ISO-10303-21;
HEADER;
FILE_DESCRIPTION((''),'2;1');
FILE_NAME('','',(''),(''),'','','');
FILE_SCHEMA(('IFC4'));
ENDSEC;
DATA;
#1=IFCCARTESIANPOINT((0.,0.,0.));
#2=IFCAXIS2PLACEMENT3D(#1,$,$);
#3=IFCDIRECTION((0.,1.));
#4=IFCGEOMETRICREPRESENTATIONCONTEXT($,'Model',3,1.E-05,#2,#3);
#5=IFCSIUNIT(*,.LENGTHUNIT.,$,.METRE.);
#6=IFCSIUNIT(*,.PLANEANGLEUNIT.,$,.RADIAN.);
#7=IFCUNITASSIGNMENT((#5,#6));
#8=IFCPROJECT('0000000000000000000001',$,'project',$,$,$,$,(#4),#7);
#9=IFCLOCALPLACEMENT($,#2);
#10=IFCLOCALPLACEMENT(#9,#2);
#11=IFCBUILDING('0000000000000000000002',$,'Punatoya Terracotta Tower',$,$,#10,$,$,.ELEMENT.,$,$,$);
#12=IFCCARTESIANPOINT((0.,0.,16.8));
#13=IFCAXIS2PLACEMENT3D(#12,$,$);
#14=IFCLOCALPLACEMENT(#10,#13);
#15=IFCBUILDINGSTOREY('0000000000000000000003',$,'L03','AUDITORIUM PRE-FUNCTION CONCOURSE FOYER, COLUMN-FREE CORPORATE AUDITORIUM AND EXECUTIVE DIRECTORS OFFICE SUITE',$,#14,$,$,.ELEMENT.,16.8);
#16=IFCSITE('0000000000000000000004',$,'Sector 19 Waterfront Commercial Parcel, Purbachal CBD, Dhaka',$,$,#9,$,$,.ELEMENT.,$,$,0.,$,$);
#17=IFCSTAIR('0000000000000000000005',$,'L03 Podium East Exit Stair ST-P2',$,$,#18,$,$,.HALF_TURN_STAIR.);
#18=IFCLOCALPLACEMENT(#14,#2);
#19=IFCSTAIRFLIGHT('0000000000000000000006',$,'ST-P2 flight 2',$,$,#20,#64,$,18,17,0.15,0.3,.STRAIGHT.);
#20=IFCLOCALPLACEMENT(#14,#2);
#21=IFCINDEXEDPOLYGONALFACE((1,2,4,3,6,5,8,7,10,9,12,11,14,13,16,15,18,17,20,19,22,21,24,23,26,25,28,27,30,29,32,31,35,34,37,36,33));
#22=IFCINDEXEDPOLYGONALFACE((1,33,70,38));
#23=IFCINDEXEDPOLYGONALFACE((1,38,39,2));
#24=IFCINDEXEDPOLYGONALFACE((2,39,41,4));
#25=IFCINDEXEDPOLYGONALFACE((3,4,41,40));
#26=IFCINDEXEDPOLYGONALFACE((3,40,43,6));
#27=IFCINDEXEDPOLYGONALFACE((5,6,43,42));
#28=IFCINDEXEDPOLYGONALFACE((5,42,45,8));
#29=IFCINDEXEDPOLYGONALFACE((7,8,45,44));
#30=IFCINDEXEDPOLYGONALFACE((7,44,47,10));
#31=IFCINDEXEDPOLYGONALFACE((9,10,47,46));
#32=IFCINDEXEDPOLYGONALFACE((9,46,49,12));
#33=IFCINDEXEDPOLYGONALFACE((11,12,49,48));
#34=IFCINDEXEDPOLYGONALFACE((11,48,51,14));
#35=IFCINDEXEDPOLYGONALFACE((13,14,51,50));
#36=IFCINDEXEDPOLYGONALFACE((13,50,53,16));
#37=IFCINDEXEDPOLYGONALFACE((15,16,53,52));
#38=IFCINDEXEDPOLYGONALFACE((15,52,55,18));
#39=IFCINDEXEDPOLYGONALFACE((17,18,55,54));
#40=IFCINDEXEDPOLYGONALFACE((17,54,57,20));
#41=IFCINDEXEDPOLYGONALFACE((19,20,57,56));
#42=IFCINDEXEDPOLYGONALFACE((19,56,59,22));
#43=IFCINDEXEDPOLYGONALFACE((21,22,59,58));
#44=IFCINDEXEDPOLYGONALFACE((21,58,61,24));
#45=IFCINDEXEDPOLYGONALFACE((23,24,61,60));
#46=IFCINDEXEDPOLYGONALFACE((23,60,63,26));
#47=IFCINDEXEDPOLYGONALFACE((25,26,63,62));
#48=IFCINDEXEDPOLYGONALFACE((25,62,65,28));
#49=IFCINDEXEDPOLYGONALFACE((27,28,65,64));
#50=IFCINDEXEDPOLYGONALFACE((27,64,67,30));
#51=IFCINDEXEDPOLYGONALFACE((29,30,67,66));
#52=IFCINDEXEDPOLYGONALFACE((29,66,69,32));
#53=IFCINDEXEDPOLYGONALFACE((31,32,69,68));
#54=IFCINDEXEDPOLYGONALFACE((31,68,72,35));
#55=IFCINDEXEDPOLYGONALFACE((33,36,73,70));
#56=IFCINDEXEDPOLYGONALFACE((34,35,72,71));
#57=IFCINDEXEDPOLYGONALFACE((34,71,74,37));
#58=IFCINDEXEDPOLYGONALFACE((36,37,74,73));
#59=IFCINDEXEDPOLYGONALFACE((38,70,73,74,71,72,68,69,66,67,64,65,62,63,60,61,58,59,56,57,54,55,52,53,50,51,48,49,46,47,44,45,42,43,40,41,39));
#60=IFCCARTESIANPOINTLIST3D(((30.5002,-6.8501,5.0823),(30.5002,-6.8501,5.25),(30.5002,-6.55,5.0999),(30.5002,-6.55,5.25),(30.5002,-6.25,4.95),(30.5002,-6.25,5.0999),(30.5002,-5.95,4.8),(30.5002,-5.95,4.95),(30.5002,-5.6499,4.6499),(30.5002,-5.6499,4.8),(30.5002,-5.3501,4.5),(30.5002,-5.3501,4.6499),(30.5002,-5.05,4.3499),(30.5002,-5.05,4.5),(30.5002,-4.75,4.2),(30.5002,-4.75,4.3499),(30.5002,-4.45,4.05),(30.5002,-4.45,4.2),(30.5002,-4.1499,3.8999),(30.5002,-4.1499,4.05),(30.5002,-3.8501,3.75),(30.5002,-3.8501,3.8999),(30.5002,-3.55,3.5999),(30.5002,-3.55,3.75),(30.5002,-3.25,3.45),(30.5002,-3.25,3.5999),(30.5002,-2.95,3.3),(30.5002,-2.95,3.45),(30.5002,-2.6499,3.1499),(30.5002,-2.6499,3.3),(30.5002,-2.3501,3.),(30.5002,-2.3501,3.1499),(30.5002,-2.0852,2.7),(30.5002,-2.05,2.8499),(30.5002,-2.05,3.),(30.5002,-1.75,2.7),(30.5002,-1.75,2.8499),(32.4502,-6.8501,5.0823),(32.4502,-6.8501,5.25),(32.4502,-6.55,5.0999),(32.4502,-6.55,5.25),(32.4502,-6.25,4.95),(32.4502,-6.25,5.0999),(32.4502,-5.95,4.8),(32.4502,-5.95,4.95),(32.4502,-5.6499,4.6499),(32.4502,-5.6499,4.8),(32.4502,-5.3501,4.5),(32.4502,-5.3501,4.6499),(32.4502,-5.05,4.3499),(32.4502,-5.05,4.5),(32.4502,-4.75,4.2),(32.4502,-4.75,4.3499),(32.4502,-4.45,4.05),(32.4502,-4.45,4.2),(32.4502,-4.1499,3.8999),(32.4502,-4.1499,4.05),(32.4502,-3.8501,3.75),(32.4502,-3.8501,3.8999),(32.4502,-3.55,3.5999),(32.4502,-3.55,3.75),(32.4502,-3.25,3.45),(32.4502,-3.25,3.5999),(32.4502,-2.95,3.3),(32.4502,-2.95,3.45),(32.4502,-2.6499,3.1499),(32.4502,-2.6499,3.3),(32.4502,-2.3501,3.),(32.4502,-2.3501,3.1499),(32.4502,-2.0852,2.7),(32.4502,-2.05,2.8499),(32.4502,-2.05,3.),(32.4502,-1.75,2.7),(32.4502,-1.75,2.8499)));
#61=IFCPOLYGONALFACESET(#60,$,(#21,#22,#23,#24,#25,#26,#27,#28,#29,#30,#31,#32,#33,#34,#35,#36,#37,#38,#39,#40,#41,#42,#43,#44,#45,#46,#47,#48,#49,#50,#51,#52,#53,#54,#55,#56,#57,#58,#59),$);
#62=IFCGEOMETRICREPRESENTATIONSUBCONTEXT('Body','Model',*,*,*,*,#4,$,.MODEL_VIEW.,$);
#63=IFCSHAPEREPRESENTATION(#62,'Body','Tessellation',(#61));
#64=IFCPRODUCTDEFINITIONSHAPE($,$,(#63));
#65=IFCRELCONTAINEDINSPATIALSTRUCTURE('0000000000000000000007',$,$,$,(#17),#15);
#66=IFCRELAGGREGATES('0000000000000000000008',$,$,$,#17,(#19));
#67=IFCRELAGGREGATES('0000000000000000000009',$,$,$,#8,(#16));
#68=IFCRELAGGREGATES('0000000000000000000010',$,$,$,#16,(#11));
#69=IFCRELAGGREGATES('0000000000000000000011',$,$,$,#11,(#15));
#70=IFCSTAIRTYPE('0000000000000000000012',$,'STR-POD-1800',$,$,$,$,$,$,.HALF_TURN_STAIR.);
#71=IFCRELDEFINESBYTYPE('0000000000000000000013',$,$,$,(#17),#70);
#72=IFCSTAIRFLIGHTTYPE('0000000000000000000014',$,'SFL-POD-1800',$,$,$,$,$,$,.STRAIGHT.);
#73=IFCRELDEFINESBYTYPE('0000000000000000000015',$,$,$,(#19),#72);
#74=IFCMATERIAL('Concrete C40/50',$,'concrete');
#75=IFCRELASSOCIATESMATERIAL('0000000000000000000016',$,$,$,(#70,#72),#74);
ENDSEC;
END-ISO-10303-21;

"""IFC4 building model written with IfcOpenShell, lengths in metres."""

from ifc_helpers import new_model, si_unit, direction, frame, origin, place, context, subcontext, project, spatial, polyline, outline, extrude, material, type_object, element, aggregate, save


model = new_model("IFC4")

# Units and contexts
model_context = context("Model", 3, precision=1e-05, world=origin(), true_north=direction((0.0, 1.0)))
body_context = subcontext(model_context, "Body", "Model", "MODEL_VIEW")
ifc_project = project(units=[si_unit("LENGTHUNIT", "METRE"), si_unit("PLANEANGLEUNIT", "RADIAN")], contexts=[model_context])

# Site, building, storey
site_placement = place(None, origin())
site = spatial("IfcSite", under=ifc_project, at=site_placement, Name="Sector 19 Waterfront Commercial Parcel, Purbachal CBD, Dhaka", CompositionType="ELEMENT", RefElevation=0.0)
building_placement = place(site_placement, origin())
building = spatial("IfcBuilding", under=site, at=building_placement, Name="Punatoya Terracotta Tower", CompositionType="ELEMENT")
storey_placement = place(building_placement, frame((0.0, 0.0, 16.8)))
storey = spatial("IfcBuildingStorey", under=building, at=storey_placement, Name="L03", Description="AUDITORIUM PRE-FUNCTION CONCOURSE FOYER, COLUMN-FREE CORPORATE AUDITORIUM AND EXECUTIVE DIRECTORS OFFICE SUITE", CompositionType="ELEMENT", Elevation=16.8)

# Shared definitions
ifc_material_1 = material(Name="Concrete C40/50", Category="concrete")

# Stair, stair flight
stair_type = type_object("IfcStairType", Name="STR-POD-1800", PredefinedType="HALF_TURN_STAIR", material=ifc_material_1)
stair_placement = place(storey_placement, origin())
stair = element("IfcStair", 1, at=stair_placement, inside=storey, type_object=stair_type, Name="L03 Podium East Exit Stair ST-P2", PredefinedType="HALF_TURN_STAIR")
stair_flight_type = type_object("IfcStairFlightType", Name="SFL-POD-1800", PredefinedType="STRAIGHT", material=ifc_material_1)
stair_flight_1_placement = place(storey_placement, frame((31.4751, -1.75, 2.7), z_axis=(0.0, 0.0, 1.0), x_axis=(0.0, -1.0, 0.0)))
stair_flight_1 = element("IfcStairFlight", 2, at=stair_flight_1_placement, type_object=stair_flight_type, Name="ST-P2 flight 2", NumberOfRisers=18, NumberOfTreads=17, PredefinedType="STRAIGHT", RiserHeight=0.15, TreadLength=0.3, context=body_context, shape_type="SweptSolid", body=[
    extrude(outline(polyline([(0.0, 0.0), (0.0, 0.1499), (0.3, 0.1499), (0.3, 0.3), (0.6001, 0.3), (0.6001, 0.45), (0.8999, 0.45), (0.8999, 0.6001), (1.2, 0.6001), (1.2, 0.75), (1.5, 0.75), (1.5, 0.8999), (1.8, 0.8999), (1.8, 1.05), (2.1001, 1.05), (2.1001, 1.2), (2.3999, 1.2), (2.3999, 1.3501), (2.7, 1.3501), (2.7, 1.5), (3.0, 1.5), (3.0, 1.6499), (3.3, 1.6499), (3.3, 1.8), (3.6001, 1.8), (3.6001, 1.95), (3.8999, 1.95), (3.8999, 2.1001), (4.2, 2.1001), (4.2, 2.25), (4.5, 2.25), (4.5, 2.3999), (4.8, 2.3999), (4.8, 2.55), (5.1001, 2.55), (5.1001, 2.7), (5.1001, 2.3823), (0.3352, 0.0), (0.0, 0.0)])), frame((0.0, 0.9751, 0.0), z_axis=(0.0, -1.0, 0.0), x_axis=(1.0, 0.0, 0.0)), (0.0, 0.0, 1.0), 1.95),
])
aggregate(stair, [stair_flight_1])

save(model, "model.ifc")
